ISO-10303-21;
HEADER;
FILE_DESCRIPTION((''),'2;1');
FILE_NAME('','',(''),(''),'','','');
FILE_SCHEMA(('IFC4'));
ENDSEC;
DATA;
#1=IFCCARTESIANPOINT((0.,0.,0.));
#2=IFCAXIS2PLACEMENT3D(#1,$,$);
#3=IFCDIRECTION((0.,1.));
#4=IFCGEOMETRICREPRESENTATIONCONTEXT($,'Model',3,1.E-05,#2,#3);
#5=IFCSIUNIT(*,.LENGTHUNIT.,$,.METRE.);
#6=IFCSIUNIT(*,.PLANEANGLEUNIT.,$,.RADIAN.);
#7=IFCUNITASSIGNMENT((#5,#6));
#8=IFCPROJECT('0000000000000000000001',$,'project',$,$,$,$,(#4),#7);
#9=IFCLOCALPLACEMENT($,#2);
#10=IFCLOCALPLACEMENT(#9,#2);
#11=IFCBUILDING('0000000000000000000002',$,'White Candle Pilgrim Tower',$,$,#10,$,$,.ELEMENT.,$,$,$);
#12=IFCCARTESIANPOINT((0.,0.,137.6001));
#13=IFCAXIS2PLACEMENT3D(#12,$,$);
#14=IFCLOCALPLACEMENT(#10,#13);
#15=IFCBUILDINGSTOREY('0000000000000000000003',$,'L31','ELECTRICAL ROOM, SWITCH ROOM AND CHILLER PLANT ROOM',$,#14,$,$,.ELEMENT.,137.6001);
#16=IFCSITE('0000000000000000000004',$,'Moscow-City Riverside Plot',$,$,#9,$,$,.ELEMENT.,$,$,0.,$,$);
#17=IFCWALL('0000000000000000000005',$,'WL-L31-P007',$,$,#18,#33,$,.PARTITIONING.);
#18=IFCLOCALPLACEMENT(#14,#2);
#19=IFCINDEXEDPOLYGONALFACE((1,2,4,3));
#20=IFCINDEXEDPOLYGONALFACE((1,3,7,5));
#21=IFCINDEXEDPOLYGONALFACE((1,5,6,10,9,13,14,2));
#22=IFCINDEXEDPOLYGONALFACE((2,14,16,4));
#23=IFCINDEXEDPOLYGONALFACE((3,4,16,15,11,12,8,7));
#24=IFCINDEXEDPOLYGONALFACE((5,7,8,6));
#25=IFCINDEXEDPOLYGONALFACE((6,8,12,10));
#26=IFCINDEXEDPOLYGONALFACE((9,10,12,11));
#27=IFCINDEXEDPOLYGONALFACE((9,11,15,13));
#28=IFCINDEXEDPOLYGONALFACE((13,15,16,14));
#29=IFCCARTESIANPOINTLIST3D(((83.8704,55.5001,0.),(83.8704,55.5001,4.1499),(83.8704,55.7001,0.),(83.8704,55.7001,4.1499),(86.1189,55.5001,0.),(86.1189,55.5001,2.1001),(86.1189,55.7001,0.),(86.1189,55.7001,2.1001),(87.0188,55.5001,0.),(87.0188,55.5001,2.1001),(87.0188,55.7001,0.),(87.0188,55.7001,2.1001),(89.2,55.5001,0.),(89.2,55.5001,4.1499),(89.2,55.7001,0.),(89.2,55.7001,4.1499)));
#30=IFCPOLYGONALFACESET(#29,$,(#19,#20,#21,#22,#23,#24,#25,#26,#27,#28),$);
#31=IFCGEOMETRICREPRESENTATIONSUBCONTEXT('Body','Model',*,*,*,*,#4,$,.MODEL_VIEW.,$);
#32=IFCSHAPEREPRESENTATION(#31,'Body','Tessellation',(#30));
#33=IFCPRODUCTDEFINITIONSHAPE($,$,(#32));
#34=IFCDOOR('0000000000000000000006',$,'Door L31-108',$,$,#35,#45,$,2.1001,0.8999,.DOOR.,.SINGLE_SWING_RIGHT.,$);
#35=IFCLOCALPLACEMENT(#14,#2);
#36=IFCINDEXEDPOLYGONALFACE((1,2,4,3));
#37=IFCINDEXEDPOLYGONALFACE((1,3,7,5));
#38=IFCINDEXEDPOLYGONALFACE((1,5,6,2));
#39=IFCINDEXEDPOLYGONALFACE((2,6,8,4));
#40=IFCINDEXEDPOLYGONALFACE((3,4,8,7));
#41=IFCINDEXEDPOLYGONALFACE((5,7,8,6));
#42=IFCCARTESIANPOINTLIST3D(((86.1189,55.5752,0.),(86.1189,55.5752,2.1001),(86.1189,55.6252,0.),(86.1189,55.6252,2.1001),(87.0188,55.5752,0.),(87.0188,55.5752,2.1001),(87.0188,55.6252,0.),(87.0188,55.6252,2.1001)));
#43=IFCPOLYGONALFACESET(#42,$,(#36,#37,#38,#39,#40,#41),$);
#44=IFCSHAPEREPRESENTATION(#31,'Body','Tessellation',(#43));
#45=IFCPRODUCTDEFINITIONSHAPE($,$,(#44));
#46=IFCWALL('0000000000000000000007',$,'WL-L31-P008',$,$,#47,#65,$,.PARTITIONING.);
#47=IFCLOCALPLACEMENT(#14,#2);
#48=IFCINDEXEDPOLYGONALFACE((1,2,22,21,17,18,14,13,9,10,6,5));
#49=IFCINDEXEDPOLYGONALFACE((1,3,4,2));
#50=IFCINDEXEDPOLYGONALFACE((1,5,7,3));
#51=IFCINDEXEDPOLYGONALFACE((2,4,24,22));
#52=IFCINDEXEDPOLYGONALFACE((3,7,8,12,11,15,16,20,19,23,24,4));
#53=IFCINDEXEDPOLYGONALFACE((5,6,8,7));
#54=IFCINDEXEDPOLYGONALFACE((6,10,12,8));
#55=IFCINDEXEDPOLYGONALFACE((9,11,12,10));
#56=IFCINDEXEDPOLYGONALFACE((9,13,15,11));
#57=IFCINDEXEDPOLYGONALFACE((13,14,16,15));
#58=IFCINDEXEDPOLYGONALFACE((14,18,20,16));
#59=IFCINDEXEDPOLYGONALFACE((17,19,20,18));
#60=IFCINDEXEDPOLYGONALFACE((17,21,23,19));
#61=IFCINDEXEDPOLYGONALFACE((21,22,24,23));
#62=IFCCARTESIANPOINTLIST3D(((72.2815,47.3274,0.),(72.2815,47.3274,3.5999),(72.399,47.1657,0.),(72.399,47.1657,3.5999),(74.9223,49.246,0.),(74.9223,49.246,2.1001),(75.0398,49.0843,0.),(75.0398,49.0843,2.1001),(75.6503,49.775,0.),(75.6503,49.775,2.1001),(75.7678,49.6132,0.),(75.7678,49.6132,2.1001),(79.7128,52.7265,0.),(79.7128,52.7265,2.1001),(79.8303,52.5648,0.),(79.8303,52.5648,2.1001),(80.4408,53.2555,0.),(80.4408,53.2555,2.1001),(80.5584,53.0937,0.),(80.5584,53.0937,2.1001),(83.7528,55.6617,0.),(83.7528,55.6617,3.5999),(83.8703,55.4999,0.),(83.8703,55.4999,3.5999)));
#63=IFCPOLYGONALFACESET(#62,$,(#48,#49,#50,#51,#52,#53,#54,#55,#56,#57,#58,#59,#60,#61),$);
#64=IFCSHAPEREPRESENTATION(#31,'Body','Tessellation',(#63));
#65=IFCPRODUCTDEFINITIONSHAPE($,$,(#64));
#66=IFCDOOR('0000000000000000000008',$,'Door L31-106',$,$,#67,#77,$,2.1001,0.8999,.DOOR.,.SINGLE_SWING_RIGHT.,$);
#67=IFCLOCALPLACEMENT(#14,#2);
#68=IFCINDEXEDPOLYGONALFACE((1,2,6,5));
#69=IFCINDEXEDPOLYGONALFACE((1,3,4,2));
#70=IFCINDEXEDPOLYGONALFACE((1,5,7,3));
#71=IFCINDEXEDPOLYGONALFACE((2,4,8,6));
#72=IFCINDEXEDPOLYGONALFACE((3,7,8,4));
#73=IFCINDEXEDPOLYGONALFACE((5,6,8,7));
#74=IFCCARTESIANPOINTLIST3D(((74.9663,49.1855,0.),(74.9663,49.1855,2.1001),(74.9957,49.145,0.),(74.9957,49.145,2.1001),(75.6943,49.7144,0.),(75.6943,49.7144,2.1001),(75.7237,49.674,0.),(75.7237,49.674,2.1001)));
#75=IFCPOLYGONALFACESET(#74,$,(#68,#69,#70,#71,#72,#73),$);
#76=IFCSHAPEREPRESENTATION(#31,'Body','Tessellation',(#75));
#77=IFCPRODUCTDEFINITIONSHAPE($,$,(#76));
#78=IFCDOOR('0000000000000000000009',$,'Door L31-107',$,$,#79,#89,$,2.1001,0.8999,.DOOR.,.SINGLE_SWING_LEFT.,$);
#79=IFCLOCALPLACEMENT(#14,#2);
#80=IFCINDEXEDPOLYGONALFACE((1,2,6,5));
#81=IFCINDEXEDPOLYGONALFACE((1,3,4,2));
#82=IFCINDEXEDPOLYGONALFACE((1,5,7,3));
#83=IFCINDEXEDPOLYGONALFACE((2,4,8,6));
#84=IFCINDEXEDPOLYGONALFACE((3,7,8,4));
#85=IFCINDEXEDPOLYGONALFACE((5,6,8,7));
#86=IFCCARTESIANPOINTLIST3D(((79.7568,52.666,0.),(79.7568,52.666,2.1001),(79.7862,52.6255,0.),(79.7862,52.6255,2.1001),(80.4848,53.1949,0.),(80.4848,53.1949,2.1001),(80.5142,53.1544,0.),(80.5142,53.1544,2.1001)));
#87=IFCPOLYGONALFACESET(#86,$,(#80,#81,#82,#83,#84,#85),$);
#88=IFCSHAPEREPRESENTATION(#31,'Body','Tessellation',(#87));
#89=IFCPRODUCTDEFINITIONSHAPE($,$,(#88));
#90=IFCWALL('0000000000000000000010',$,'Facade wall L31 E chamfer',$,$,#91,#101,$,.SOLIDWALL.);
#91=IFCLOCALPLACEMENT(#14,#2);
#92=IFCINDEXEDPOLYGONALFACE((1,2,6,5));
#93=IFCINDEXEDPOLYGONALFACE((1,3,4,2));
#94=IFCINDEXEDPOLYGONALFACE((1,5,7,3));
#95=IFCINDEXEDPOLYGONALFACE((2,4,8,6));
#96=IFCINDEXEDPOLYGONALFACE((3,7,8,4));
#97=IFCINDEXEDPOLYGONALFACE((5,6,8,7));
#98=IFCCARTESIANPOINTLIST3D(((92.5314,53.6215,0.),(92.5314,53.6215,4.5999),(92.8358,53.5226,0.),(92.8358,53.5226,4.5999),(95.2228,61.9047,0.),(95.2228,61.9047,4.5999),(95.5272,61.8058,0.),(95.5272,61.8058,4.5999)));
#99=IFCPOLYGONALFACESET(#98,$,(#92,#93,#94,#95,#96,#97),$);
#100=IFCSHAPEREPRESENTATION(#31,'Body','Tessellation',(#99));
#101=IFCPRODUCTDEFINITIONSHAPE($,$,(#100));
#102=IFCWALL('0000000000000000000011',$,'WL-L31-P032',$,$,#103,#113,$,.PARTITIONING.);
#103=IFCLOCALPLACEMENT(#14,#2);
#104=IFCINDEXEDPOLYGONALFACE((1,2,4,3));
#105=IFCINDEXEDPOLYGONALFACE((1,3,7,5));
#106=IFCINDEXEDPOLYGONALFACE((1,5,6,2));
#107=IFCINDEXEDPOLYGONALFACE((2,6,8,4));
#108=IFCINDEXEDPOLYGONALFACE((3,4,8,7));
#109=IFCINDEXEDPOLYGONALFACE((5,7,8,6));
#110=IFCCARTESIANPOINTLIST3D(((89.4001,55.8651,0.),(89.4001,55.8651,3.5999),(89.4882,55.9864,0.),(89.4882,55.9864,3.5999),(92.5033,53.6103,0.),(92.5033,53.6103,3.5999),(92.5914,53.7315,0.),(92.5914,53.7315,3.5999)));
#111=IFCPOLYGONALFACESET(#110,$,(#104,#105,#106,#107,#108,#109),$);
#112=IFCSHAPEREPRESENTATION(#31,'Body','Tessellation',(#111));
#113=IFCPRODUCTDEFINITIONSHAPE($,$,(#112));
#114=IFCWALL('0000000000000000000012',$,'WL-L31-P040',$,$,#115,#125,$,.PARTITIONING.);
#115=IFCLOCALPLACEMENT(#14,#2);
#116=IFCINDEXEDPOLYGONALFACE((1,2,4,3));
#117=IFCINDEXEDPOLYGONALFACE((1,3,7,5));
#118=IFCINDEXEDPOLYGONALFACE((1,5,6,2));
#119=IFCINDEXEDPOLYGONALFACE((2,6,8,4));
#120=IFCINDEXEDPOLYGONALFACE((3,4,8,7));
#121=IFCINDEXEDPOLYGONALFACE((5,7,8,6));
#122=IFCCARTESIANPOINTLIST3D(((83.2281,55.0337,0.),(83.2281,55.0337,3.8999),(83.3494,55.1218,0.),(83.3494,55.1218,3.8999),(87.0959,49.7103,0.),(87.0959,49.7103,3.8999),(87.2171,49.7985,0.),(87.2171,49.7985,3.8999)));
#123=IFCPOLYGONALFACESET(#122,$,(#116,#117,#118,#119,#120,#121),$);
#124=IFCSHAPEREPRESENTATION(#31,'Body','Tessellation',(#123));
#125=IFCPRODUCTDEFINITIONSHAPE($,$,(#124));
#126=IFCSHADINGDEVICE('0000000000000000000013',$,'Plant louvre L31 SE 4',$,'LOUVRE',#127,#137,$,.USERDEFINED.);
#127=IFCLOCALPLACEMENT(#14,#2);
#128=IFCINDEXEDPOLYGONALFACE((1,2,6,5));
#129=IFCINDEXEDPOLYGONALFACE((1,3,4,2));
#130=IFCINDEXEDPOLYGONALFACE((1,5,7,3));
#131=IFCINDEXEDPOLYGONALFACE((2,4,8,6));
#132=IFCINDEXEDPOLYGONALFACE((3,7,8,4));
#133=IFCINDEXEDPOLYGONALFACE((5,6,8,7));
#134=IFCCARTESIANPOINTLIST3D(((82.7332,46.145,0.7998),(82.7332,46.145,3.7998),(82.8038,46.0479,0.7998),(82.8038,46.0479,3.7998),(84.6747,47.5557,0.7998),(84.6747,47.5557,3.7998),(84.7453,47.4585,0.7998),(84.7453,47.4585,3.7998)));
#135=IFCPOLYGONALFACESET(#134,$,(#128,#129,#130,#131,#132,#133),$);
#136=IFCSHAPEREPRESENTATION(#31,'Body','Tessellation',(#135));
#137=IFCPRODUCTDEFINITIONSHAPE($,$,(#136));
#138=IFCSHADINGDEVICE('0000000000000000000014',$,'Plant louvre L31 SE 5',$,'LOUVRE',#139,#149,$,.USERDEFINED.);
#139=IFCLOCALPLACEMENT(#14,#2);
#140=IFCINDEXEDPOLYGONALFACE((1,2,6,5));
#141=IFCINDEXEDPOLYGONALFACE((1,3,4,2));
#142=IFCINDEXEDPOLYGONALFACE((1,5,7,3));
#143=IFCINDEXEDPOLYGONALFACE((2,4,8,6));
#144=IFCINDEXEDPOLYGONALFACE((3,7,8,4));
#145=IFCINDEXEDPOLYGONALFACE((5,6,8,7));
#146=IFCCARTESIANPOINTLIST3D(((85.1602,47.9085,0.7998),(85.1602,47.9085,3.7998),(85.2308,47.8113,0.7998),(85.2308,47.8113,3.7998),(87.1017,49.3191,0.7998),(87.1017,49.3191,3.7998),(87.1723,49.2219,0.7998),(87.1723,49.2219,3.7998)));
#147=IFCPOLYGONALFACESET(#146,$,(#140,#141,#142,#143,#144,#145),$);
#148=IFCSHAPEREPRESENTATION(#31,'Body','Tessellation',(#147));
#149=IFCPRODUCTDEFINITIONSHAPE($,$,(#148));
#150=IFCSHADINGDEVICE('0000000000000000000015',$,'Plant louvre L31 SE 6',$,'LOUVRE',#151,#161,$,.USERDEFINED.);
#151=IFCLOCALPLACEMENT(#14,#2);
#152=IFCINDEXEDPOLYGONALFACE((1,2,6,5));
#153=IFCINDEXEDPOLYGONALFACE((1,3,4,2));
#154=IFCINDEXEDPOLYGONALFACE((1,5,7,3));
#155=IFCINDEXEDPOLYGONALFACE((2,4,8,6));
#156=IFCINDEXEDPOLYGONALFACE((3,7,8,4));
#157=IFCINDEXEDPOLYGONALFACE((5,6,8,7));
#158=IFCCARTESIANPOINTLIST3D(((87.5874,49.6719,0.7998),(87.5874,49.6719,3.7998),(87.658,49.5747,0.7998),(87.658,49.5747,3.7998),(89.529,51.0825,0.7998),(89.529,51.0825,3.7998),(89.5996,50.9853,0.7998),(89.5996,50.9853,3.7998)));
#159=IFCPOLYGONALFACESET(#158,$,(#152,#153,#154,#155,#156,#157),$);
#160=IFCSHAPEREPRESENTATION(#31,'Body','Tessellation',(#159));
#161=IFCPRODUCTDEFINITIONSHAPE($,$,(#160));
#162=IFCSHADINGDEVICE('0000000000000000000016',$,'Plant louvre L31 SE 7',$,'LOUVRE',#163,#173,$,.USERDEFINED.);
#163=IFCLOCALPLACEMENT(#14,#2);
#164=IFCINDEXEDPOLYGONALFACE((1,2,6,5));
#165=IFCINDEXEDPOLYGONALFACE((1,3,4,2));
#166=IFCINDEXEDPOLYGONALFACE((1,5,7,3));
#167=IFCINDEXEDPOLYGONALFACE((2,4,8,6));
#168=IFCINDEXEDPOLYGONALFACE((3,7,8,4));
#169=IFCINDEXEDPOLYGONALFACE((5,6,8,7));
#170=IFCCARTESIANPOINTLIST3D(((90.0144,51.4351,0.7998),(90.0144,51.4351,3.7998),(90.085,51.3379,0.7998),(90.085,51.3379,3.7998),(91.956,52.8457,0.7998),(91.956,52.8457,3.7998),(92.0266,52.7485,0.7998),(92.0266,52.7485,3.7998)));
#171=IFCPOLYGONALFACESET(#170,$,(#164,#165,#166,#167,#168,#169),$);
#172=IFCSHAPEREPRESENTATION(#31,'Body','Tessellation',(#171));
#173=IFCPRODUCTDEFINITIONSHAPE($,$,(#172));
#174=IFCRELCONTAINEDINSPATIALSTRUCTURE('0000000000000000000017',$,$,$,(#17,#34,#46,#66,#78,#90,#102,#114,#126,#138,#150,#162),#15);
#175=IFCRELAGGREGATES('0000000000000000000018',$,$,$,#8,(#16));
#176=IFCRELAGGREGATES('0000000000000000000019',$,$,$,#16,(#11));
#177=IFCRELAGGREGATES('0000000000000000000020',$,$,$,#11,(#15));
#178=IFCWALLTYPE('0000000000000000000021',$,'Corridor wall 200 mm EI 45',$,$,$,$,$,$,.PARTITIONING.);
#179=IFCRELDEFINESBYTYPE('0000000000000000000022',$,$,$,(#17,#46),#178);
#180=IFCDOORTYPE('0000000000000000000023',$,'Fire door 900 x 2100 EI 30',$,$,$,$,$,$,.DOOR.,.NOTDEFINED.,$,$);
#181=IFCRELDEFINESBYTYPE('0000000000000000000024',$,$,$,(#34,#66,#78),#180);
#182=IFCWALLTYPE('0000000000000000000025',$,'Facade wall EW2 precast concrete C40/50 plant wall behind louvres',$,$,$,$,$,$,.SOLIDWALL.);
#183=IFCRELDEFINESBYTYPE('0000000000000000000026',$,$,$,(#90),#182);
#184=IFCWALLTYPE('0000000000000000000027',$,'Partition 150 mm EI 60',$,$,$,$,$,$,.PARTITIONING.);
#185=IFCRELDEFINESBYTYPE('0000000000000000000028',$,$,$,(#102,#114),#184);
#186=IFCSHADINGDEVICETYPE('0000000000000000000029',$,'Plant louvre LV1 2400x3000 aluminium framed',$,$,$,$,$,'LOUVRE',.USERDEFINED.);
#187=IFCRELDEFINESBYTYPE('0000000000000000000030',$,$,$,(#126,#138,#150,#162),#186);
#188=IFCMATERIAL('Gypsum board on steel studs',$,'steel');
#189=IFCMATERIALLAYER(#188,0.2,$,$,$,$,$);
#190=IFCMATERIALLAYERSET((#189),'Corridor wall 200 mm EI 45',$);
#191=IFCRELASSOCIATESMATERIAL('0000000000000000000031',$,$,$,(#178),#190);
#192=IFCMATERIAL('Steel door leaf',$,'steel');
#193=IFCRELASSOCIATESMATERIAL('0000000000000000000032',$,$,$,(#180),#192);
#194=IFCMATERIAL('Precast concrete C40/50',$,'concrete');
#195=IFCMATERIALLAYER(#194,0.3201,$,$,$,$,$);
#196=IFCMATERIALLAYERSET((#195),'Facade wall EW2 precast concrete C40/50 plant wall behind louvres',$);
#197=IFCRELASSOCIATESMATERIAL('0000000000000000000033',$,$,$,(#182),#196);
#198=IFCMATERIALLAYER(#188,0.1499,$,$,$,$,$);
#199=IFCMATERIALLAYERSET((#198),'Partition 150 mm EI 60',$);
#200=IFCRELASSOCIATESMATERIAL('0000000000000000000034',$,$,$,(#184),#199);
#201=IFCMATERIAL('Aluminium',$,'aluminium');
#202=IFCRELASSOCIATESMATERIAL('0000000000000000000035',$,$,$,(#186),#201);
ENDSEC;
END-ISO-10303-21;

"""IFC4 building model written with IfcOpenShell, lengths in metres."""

from ifc_helpers import new_model, si_unit, direction, frame, frame_2d, origin, origin_2d, place, context, subcontext, project, spatial, rectangle, extrude, material, layer, layer_set, type_object, element, fill, save


model = new_model("IFC4")

# Units and contexts
model_context = context("Model", 3, precision=1e-05, world=origin(), true_north=direction((0.0, 1.0)))
body_context = subcontext(model_context, "Body", "Model", "MODEL_VIEW")
ifc_project = project(units=[si_unit("LENGTHUNIT", "METRE"), si_unit("PLANEANGLEUNIT", "RADIAN")], contexts=[model_context])

# Site, building, storey
site_placement = place(None, origin())
site = spatial("IfcSite", under=ifc_project, at=site_placement, Name="Moscow-City Riverside Plot", CompositionType="ELEMENT", RefElevation=0.0)
building_placement = place(site_placement, origin())
building = spatial("IfcBuilding", under=site, at=building_placement, Name="White Candle Pilgrim Tower", CompositionType="ELEMENT")
storey_placement = place(building_placement, frame((0.0, 0.0, 137.6001)))
storey = spatial("IfcBuildingStorey", under=building, at=storey_placement, Name="L31", Description="ELECTRICAL ROOM, SWITCH ROOM AND CHILLER PLANT ROOM", CompositionType="ELEMENT", Elevation=137.6001)

# Wall, opening, door
ifc_material_1 = material(Name="Gypsum board on steel studs", Category="steel")
ifc_layer_1 = layer(ifc_material_1, 0.2)
ifc_layer_set_1 = layer_set([ifc_layer_1], Name="Corridor wall 200 mm EI 45")
wall_type_1 = type_object("IfcWallType", Name="Corridor wall 200 mm EI 45", PredefinedType="PARTITIONING", material=ifc_layer_set_1)
wall_1_placement = place(storey_placement, frame((89.2, 55.6001, 0.0), z_axis=(0.0, 0.0, 1.0), x_axis=(-1.0, 0.0, 0.0)))
wall_1 = element("IfcWall", 1, at=wall_1_placement, inside=storey, type_object=wall_type_1, Name="WL-L31-P007", PredefinedType="PARTITIONING", context=body_context, shape_type="SweptSolid", body=[
    extrude(rectangle(XDim=5.3296, YDim=0.2, at=frame_2d((2.6648, 0.0))), origin(), (0.0, 0.0, 1.0), 4.1499),
])
opening_1_placement = place(wall_1_placement, frame((2.1812, 0.0, 0.0)))
opening_1 = element("IfcOpeningElement", 2, at=opening_1_placement, cuts=wall_1, PredefinedType="OPENING", context=body_context, shape_type="SweptSolid", body=[
    extrude(rectangle(XDim=0.8999, YDim=2.1001, at=frame_2d((0.45, 1.05))), frame((0.0, 0.1099, 0.0), z_axis=(0.0, -1.0, 0.0), x_axis=(1.0, 0.0, 0.0)), (0.0, 0.0, 1.0), 0.22),
])
ifc_material_2 = material(Name="Steel door leaf", Category="steel")
door_type = type_object("IfcDoorType", Name="Fire door 900 x 2100 EI 30", OperationType="NOTDEFINED", PredefinedType="DOOR", material=ifc_material_2)
door_1_placement = place(opening_1_placement, origin())
door_1 = element("IfcDoor", 3, at=door_1_placement, inside=storey, type_object=door_type, Name="Door L31-108", OperationType="SINGLE_SWING_RIGHT", OverallHeight=2.1001, OverallWidth=0.8999, PredefinedType="DOOR", context=body_context, shape_type="SweptSolid", body=[
    extrude(rectangle(XDim=0.8999, YDim=2.1001, at=frame_2d((0.45, 1.05))), frame((0.0, 0.0249, 0.0), z_axis=(0.0, -1.0, 0.0), x_axis=(1.0, 0.0, 0.0)), (0.0, 0.0, 1.0), 0.05),
])
fill(opening_1, door_1)

# Wall, openings, doors
wall_2_placement = place(storey_placement, frame((83.8115, 55.5808, 0.0), z_axis=(0.0, 0.0, 1.0), x_axis=(-0.80902, -0.587782, 0.0)))
wall_2 = element("IfcWall", 4, at=wall_2_placement, inside=storey, type_object=wall_type_1, Name="WL-L31-P008", PredefinedType="PARTITIONING", context=body_context, shape_type="SweptSolid", body=[
    extrude(rectangle(XDim=14.1792, YDim=0.2, at=frame_2d((7.0896, 0.0))), origin(), (0.0, 0.0, 1.0), 3.5999),
])
opening_2_placement = place(wall_2_placement, frame((10.0151, 0.0, 0.0)))
opening_2 = element("IfcOpeningElement", 5, at=opening_2_placement, cuts=wall_2, PredefinedType="OPENING", context=body_context, shape_type="SweptSolid", body=[
    extrude(rectangle(XDim=0.8999, YDim=2.1001, at=frame_2d((0.45, 1.05))), frame((0.0, 0.1099, 0.0), z_axis=(0.0, -1.0, 0.0), x_axis=(1.0, 0.0, 0.0)), (0.0, 0.0, 1.0), 0.22),
])
opening_3_placement = place(wall_2_placement, frame((4.0938, 0.0, 0.0)))
opening_3 = element("IfcOpeningElement", 6, at=opening_3_placement, cuts=wall_2, PredefinedType="OPENING", context=body_context, shape_type="SweptSolid", body=[
    extrude(rectangle(XDim=0.8999, YDim=2.1001, at=frame_2d((0.45, 1.05))), frame((0.0, 0.1099, 0.0), z_axis=(0.0, -1.0, 0.0), x_axis=(1.0, 0.0, 0.0)), (0.0, 0.0, 1.0), 0.22),
])
door_2_placement = place(opening_2_placement, origin())
door_2 = element("IfcDoor", 7, at=door_2_placement, inside=storey, type_object=door_type, Name="Door L31-106", OperationType="SINGLE_SWING_RIGHT", OverallHeight=2.1001, OverallWidth=0.8999, PredefinedType="DOOR", context=body_context, shape_type="SweptSolid", body=[
    extrude(rectangle(XDim=0.8999, YDim=2.1001, at=frame_2d((0.45, 1.05))), frame((0.0, 0.0249, 0.0), z_axis=(0.0, -1.0, 0.0), x_axis=(1.0, 0.0, 0.0)), (0.0, 0.0, 1.0), 0.05),
])
fill(opening_2, door_2)
door_3_placement = place(opening_3_placement, origin())
door_3 = element("IfcDoor", 8, at=door_3_placement, inside=storey, type_object=door_type, Name="Door L31-107", OperationType="SINGLE_SWING_LEFT", OverallHeight=2.1001, OverallWidth=0.8999, PredefinedType="DOOR", context=body_context, shape_type="SweptSolid", body=[
    extrude(rectangle(XDim=0.8999, YDim=2.1001, at=frame_2d((0.45, 1.05))), frame((0.0, 0.0249, 0.0), z_axis=(0.0, -1.0, 0.0), x_axis=(1.0, 0.0, 0.0)), (0.0, 0.0, 1.0), 0.05),
])
fill(opening_3, door_3)

# Walls
ifc_material_3 = material(Name="Precast concrete C40/50", Category="concrete")
ifc_layer_2 = layer(ifc_material_3, 0.3201)
ifc_layer_set_2 = layer_set([ifc_layer_2], Name="Facade wall EW2 precast concrete C40/50 plant wall behind louvres")
wall_type_2 = type_object("IfcWallType", Name="Facade wall EW2 precast concrete C40/50 plant wall behind louvres", PredefinedType="SOLIDWALL", material=ifc_layer_set_2)
wall_3_placement = place(storey_placement, frame((92.6836, 53.572, 0.0), z_axis=(0.0, 0.0, 1.0), x_axis=(0.30902, 0.951055, 0.0)))
element("IfcWall", 9, at=wall_3_placement, inside=storey, type_object=wall_type_2, Name="Facade wall L31 E chamfer", PredefinedType="SOLIDWALL", context=body_context, shape_type="SweptSolid", body=[
    extrude(rectangle(XDim=8.7095, YDim=0.3201, at=frame_2d((4.3547, 0.0))), origin(), (0.0, 0.0, 1.0), 4.5999),
])
ifc_layer_3 = layer(ifc_material_1, 0.1499)
ifc_layer_set_3 = layer_set([ifc_layer_3], Name="Partition 150 mm EI 60")
wall_type_3 = type_object("IfcWallType", Name="Partition 150 mm EI 60", PredefinedType="PARTITIONING", material=ifc_layer_set_3)
wall_4_placement = place(storey_placement, frame((92.5474, 53.6709, 0.0), z_axis=(0.0, 0.0, 1.0), x_axis=(-0.808989, 0.587823, 0.0)))
element("IfcWall", 10, at=wall_4_placement, inside=storey, type_object=wall_type_3, Name="WL-L31-P032", PredefinedType="PARTITIONING", context=body_context, shape_type="SweptSolid", body=[
    extrude(rectangle(XDim=3.8359, YDim=0.1499, at=frame_2d((1.918, 0.0))), origin(), (0.0, 0.0, 1.0), 3.5999),
])
wall_5_placement = place(storey_placement, frame((87.1565, 49.7544, 0.0), z_axis=(0.0, 0.0, 1.0), x_axis=(-0.587797, 0.809009, 0.0)))
element("IfcWall", 11, at=wall_5_placement, inside=storey, type_object=wall_type_3, Name="WL-L31-P040", PredefinedType="PARTITIONING", context=body_context, shape_type="SweptSolid", body=[
    extrude(rectangle(XDim=6.5801, YDim=0.1499, at=frame_2d((3.29, 0.0))), origin(), (0.0, 0.0, 1.0), 3.8999),
])

# Shading devices
ifc_material_4 = material(Name="Aluminium", Category="aluminium")
shading_device_type = type_object("IfcShadingDeviceType", Name="Plant louvre LV1 2400x3000 aluminium framed", ElementType="LOUVRE", PredefinedType="USERDEFINED", material=ifc_material_4)
for number, where, z_axis, x_axis, name in (
    (12, (83.7393, 46.8018, 0.7998), (0.0, 0.0, 1.0), (0.809017, 0.587785, 0.0), "Plant louvre L31 SE 4"),
    (13, (86.1663, 48.5652, 0.7998), (0.0, 0.0, 1.0), (0.809017, 0.587785, 0.0), "Plant louvre L31 SE 5"),
    (14, (88.5935, 50.3286, 0.7998), (0.0, 0.0, 1.0), (0.809017, 0.587785, 0.0), "Plant louvre L31 SE 6"),
    (15, (91.0205, 52.0918, 0.7998), (0.0, 0.0, 1.0), (0.809017, 0.587785, 0.0), "Plant louvre L31 SE 7"),
):
    element("IfcShadingDevice", number, at=place(storey_placement, frame(where, z_axis=z_axis, x_axis=x_axis)), inside=storey, type_object=shading_device_type, Name=name, ObjectType="LOUVRE", PredefinedType="USERDEFINED", context=body_context, shape_type="SweptSolid", body=[
        extrude(rectangle(XDim=2.3999, YDim=0.1201, at=origin_2d()), origin(), (0.0, 0.0, 1.0), 3.0),
    ])

save(model, "model.ifc")
